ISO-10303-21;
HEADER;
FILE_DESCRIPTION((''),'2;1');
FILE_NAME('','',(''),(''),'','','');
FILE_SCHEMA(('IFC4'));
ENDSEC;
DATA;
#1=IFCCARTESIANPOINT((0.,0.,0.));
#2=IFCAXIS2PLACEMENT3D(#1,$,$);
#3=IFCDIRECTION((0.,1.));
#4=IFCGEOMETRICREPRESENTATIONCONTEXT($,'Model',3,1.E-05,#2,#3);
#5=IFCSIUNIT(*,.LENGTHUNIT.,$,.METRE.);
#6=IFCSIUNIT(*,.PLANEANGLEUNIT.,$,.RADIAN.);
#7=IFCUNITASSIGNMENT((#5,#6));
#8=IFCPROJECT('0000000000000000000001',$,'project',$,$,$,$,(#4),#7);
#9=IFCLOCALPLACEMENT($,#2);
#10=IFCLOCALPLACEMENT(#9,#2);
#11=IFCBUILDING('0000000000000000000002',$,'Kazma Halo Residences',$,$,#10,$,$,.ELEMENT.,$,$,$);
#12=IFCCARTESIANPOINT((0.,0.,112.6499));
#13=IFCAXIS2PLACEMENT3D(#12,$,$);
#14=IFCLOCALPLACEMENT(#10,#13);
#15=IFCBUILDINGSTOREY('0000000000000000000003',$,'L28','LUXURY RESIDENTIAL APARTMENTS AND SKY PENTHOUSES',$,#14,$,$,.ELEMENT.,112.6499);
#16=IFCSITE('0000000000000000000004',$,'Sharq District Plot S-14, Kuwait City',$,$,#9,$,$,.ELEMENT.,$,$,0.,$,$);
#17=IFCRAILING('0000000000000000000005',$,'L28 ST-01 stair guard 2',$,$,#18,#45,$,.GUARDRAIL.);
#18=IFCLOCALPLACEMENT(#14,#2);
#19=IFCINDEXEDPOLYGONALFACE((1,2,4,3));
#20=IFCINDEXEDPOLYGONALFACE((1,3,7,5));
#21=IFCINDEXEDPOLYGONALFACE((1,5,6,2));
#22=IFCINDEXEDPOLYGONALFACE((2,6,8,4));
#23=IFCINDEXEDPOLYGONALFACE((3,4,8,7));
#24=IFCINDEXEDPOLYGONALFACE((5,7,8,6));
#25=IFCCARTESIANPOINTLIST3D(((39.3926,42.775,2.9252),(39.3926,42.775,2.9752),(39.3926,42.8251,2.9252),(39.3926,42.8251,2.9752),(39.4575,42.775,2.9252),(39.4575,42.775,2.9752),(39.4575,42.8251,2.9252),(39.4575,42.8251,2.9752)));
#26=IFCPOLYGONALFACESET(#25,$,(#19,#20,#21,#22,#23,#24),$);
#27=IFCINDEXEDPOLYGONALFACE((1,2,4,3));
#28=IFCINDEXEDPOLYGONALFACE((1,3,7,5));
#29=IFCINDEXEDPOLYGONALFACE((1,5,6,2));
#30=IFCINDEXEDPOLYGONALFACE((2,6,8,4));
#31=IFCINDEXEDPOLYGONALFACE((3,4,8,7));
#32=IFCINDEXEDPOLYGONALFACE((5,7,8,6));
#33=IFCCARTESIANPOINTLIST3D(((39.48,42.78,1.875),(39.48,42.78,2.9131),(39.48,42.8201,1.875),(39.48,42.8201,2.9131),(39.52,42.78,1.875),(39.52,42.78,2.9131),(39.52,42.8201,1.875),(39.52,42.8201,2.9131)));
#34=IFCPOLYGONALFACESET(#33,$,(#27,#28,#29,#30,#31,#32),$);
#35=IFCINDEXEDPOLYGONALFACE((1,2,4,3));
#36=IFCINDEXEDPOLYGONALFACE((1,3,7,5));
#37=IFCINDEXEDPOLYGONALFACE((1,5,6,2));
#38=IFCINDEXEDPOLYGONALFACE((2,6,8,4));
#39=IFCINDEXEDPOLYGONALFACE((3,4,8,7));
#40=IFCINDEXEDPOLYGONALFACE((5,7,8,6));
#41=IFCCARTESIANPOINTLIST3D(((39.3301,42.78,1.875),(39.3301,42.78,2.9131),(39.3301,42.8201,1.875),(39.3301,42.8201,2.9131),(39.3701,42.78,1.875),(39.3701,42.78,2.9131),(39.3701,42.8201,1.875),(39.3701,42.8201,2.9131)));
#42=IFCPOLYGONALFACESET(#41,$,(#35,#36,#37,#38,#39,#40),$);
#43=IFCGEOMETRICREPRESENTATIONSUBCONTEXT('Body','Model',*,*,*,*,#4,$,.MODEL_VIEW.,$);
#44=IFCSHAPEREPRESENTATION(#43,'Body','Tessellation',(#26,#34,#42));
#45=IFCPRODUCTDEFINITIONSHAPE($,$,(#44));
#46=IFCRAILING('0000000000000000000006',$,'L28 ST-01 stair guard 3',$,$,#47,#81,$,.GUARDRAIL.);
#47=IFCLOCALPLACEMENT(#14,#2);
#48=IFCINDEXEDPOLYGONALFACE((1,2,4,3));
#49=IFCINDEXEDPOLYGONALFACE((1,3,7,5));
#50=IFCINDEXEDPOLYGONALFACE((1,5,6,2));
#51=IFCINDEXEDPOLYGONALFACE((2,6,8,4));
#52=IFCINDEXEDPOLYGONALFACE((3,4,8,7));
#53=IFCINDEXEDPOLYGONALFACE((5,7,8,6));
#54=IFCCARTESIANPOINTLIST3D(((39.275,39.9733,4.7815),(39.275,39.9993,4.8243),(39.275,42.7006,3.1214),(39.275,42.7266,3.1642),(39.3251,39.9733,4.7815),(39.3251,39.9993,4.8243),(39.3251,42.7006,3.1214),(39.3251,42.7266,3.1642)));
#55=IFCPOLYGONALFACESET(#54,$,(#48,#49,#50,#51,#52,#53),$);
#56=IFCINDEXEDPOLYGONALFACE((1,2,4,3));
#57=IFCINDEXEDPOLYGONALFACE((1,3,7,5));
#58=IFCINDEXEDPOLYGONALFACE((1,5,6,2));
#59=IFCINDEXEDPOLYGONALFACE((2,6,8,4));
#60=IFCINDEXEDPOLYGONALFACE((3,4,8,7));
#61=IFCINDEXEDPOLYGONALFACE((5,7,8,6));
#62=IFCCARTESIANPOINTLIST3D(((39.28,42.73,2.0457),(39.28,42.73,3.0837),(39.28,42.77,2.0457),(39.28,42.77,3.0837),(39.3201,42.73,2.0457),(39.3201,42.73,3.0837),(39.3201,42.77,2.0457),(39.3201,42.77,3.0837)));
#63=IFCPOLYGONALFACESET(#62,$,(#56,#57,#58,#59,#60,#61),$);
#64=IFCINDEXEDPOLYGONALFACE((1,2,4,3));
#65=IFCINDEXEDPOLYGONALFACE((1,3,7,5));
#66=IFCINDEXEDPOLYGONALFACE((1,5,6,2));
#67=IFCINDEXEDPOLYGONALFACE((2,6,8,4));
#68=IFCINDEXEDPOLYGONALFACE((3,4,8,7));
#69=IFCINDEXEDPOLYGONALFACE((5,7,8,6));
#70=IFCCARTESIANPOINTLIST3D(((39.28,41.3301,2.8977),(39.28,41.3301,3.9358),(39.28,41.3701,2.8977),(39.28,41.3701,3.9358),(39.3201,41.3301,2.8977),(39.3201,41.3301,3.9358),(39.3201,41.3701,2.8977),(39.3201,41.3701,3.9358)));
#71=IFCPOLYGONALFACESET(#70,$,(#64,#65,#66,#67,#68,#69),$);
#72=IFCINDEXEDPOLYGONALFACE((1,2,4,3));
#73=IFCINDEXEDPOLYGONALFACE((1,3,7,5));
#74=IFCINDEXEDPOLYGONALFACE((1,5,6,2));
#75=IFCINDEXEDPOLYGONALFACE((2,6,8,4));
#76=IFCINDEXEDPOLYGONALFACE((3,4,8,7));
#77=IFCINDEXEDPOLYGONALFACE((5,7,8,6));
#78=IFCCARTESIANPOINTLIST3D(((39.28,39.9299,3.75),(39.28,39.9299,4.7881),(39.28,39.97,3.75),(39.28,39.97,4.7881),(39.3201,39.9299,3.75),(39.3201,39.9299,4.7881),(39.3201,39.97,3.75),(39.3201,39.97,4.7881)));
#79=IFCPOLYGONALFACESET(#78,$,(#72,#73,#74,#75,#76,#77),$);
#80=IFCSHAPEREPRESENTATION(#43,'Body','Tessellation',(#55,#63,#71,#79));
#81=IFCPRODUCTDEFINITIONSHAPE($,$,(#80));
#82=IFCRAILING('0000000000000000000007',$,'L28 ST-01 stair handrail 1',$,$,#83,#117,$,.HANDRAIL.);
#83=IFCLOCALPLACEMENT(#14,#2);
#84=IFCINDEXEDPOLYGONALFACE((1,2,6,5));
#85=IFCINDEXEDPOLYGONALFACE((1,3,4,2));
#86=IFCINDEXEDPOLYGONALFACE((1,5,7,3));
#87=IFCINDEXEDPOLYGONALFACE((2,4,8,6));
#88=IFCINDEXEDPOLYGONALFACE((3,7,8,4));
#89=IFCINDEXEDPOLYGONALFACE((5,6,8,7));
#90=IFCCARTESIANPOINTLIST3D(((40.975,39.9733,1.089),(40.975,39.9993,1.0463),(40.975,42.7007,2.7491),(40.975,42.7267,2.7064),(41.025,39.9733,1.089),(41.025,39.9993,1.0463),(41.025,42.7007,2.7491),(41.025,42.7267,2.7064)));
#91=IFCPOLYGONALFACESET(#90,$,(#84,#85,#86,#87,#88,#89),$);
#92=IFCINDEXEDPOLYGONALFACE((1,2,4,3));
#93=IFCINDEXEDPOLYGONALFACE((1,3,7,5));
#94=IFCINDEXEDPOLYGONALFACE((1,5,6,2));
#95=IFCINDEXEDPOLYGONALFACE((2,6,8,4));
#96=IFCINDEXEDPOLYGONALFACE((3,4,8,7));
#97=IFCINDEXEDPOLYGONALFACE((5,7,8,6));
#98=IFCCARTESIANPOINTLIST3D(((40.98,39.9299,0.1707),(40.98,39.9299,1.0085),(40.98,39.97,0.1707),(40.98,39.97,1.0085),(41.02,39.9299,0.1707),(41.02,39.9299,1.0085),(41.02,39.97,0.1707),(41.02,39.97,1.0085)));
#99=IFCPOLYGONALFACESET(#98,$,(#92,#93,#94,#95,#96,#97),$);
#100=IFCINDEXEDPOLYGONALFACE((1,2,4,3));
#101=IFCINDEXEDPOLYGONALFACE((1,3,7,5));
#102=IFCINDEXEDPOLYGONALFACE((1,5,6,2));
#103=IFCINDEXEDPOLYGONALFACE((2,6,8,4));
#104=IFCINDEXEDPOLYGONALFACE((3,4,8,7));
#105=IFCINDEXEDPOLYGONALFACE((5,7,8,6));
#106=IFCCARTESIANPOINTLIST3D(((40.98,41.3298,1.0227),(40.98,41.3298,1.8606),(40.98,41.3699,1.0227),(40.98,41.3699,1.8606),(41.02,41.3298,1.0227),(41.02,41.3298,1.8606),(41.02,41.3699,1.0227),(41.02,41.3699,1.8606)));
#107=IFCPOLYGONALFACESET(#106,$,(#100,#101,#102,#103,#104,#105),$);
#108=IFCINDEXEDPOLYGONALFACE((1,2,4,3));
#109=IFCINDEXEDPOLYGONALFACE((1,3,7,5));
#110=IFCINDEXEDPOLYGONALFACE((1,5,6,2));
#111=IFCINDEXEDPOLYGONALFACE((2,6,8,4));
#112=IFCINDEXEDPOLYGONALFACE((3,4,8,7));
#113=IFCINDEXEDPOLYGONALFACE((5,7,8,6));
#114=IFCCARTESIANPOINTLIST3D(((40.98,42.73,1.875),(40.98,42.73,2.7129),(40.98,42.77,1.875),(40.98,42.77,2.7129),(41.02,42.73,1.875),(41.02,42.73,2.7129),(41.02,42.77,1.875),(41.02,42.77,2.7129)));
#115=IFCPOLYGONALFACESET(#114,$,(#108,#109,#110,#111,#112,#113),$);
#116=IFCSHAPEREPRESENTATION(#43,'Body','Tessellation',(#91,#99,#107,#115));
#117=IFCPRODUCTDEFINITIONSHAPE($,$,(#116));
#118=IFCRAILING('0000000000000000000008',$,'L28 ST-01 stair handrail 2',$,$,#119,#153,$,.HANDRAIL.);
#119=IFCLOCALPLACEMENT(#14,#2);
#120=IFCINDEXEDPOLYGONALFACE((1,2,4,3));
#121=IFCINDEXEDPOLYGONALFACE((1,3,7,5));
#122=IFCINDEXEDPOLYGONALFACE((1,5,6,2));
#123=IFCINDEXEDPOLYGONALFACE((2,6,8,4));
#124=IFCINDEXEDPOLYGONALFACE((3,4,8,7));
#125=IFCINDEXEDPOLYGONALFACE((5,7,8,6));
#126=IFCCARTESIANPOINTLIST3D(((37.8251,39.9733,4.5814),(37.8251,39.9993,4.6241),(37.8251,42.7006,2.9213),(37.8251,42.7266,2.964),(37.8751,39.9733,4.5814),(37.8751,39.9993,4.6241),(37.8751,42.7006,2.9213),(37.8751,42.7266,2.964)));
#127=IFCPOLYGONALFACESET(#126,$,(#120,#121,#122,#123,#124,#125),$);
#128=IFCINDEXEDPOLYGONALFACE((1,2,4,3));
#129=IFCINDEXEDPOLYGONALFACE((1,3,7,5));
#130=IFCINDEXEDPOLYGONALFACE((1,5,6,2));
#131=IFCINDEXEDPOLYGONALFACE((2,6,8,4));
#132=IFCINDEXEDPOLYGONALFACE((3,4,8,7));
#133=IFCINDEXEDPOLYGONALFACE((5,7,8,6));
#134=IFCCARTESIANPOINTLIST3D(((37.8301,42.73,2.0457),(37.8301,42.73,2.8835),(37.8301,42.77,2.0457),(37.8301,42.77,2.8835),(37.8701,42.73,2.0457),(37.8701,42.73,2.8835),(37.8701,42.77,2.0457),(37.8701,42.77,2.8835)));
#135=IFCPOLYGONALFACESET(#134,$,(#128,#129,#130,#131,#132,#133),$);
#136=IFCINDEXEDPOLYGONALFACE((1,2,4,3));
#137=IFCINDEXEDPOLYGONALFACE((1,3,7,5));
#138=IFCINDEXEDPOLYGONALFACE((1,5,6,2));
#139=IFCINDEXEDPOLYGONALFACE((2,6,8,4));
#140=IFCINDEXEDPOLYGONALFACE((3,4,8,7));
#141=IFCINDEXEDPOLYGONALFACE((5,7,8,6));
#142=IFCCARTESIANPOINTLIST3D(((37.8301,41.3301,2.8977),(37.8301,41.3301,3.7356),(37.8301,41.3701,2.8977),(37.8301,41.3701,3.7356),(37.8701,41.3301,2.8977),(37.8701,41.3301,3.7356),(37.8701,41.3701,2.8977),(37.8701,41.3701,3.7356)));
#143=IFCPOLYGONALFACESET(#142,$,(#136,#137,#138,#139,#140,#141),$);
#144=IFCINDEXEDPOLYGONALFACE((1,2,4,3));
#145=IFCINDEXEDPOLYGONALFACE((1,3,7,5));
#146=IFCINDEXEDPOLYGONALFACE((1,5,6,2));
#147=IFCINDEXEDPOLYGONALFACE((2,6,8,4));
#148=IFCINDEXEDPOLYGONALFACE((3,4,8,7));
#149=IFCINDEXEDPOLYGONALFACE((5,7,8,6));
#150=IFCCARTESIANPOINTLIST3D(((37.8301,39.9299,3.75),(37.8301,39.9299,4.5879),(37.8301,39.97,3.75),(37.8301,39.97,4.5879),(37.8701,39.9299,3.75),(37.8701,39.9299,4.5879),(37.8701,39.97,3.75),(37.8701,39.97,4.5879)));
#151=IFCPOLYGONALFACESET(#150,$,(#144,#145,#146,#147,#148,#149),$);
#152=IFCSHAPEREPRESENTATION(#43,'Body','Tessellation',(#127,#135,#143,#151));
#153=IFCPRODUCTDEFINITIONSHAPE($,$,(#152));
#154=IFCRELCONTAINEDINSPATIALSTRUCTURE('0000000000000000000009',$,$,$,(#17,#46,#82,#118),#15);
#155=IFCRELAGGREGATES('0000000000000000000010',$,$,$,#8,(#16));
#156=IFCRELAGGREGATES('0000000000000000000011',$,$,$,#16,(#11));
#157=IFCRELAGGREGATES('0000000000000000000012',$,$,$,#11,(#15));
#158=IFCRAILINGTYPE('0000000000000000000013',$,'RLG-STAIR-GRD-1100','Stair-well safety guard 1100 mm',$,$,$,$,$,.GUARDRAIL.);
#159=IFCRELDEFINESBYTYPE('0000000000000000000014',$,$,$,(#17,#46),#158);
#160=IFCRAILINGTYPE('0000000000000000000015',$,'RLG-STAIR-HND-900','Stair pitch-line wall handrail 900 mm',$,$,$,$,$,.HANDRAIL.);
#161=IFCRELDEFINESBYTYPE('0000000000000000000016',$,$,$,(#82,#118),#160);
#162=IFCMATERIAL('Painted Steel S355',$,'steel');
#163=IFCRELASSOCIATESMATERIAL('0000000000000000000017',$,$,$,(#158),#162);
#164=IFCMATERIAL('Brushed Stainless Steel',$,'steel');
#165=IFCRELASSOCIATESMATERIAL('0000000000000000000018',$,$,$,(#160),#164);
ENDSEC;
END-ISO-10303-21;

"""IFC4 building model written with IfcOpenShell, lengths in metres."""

from ifc_helpers import new_model, si_unit, direction, frame, origin, origin_2d, place, context, subcontext, project, spatial, rectangle, extrude, material, type_object, element, save


model = new_model("IFC4")

# Units and contexts
model_context = context("Model", 3, precision=1e-05, world=origin(), true_north=direction((0.0, 1.0)))
body_context = subcontext(model_context, "Body", "Model", "MODEL_VIEW")
ifc_project = project(units=[si_unit("LENGTHUNIT", "METRE"), si_unit("PLANEANGLEUNIT", "RADIAN")], contexts=[model_context])

# Site, building, storey
site_placement = place(None, origin())
site = spatial("IfcSite", under=ifc_project, at=site_placement, Name="Sharq District Plot S-14, Kuwait City", CompositionType="ELEMENT", RefElevation=0.0)
building_placement = place(site_placement, origin())
building = spatial("IfcBuilding", under=site, at=building_placement, Name="Kazma Halo Residences", CompositionType="ELEMENT")
storey_placement = place(building_placement, frame((0.0, 0.0, 112.6499)))
storey = spatial("IfcBuildingStorey", under=building, at=storey_placement, Name="L28", Description="LUXURY RESIDENTIAL APARTMENTS AND SKY PENTHOUSES", CompositionType="ELEMENT", Elevation=112.6499)

# Railings
ifc_material_1 = material(Name="Painted Steel S355", Category="steel")
railing_type_1 = type_object("IfcRailingType", Name="RLG-STAIR-GRD-1100", Description="Stair-well safety guard 1100 mm", PredefinedType="GUARDRAIL", material=ifc_material_1)
railing_1_placement = place(storey_placement, frame((39.5, 42.8, 1.875)))
element("IfcRailing", 1, at=railing_1_placement, inside=storey, type_object=railing_type_1, Name="L28 ST-01 stair guard 2", PredefinedType="GUARDRAIL", context=body_context, shape_type="SweptSolid", body=[
    extrude(rectangle(XDim=0.05, YDim=0.05, at=origin_2d()), frame((-0.0425, 0.0, 1.0752), z_axis=(-1.0, 0.0, 0.0), x_axis=(0.0, -1.0, 0.0)), (0.0, 0.0, 1.0), 0.0649),
    extrude(rectangle(XDim=0.04, YDim=0.04, at=origin_2d()), origin(), (0.0, 0.0, 1.0), 1.0381),
    extrude(rectangle(XDim=0.04, YDim=0.04, at=origin_2d()), frame((-0.1499, 0.0, 0.0)), (0.0, 0.0, 1.0), 1.0381),
])
railing_2_placement = place(storey_placement, frame((39.3, 42.75, 2.0457)))
element("IfcRailing", 2, at=railing_2_placement, inside=storey, type_object=railing_type_1, Name="L28 ST-01 stair guard 3", PredefinedType="GUARDRAIL", context=body_context, shape_type="SweptSolid", body=[
    extrude(rectangle(XDim=0.05, YDim=0.05, at=origin_2d()), frame((0.0, -0.0364, 1.0972), z_axis=(0.0, -0.854203, 0.51994), x_axis=(1.0, 0.0, 0.0)), (0.0, 0.0, 1.0), 3.1929),
    extrude(rectangle(XDim=0.04, YDim=0.04, at=origin_2d()), origin(), (0.0, 0.0, 1.0), 1.0381),
    extrude(rectangle(XDim=0.04, YDim=0.04, at=origin_2d()), frame((0.0, -1.3999, 0.8521)), (0.0, 0.0, 1.0), 1.0381),
    extrude(rectangle(XDim=0.04, YDim=0.04, at=origin_2d()), frame((0.0, -2.8, 1.7043)), (0.0, 0.0, 1.0), 1.0381),
])
ifc_material_2 = material(Name="Brushed Stainless Steel", Category="steel")
railing_type_2 = type_object("IfcRailingType", Name="RLG-STAIR-HND-900", Description="Stair pitch-line wall handrail 900 mm", PredefinedType="HANDRAIL", material=ifc_material_2)
railing_3_placement = place(storey_placement, frame((41.0, 39.95, 0.1707)))
element("IfcRailing", 3, at=railing_3_placement, inside=storey, type_object=railing_type_2, Name="L28 ST-01 stair handrail 1", PredefinedType="HANDRAIL", context=body_context, shape_type="SweptSolid", body=[
    extrude(rectangle(XDim=0.05, YDim=0.05, at=origin_2d()), frame((0.0, 0.0364, 0.897), z_axis=(0.0, 0.854203, 0.51994), x_axis=(-1.0, 0.0, 0.0)), (0.0, 0.0, 1.0), 3.1929),
    extrude(rectangle(XDim=0.04, YDim=0.04, at=origin_2d()), origin(), (0.0, 0.0, 1.0), 0.8379),
    extrude(rectangle(XDim=0.04, YDim=0.04, at=origin_2d()), frame((0.0, 1.3999, 0.8521)), (0.0, 0.0, 1.0), 0.8379),
    extrude(rectangle(XDim=0.04, YDim=0.04, at=origin_2d()), frame((0.0, 2.8, 1.7043)), (0.0, 0.0, 1.0), 0.8379),
])
railing_4_placement = place(storey_placement, frame((37.8501, 42.75, 2.0457)))
element("IfcRailing", 4, at=railing_4_placement, inside=storey, type_object=railing_type_2, Name="L28 ST-01 stair handrail 2", PredefinedType="HANDRAIL", context=body_context, shape_type="SweptSolid", body=[
    extrude(rectangle(XDim=0.05, YDim=0.05, at=origin_2d()), frame((0.0, -0.0364, 0.897), z_axis=(0.0, -0.854203, 0.51994), x_axis=(1.0, 0.0, 0.0)), (0.0, 0.0, 1.0), 3.1929),
    extrude(rectangle(XDim=0.04, YDim=0.04, at=origin_2d()), origin(), (0.0, 0.0, 1.0), 0.8379),
    extrude(rectangle(XDim=0.04, YDim=0.04, at=origin_2d()), frame((0.0, -1.3999, 0.8521)), (0.0, 0.0, 1.0), 0.8379),
    extrude(rectangle(XDim=0.04, YDim=0.04, at=origin_2d()), frame((0.0, -2.8, 1.7043)), (0.0, 0.0, 1.0), 0.8379),
])

save(model, "model.ifc")
